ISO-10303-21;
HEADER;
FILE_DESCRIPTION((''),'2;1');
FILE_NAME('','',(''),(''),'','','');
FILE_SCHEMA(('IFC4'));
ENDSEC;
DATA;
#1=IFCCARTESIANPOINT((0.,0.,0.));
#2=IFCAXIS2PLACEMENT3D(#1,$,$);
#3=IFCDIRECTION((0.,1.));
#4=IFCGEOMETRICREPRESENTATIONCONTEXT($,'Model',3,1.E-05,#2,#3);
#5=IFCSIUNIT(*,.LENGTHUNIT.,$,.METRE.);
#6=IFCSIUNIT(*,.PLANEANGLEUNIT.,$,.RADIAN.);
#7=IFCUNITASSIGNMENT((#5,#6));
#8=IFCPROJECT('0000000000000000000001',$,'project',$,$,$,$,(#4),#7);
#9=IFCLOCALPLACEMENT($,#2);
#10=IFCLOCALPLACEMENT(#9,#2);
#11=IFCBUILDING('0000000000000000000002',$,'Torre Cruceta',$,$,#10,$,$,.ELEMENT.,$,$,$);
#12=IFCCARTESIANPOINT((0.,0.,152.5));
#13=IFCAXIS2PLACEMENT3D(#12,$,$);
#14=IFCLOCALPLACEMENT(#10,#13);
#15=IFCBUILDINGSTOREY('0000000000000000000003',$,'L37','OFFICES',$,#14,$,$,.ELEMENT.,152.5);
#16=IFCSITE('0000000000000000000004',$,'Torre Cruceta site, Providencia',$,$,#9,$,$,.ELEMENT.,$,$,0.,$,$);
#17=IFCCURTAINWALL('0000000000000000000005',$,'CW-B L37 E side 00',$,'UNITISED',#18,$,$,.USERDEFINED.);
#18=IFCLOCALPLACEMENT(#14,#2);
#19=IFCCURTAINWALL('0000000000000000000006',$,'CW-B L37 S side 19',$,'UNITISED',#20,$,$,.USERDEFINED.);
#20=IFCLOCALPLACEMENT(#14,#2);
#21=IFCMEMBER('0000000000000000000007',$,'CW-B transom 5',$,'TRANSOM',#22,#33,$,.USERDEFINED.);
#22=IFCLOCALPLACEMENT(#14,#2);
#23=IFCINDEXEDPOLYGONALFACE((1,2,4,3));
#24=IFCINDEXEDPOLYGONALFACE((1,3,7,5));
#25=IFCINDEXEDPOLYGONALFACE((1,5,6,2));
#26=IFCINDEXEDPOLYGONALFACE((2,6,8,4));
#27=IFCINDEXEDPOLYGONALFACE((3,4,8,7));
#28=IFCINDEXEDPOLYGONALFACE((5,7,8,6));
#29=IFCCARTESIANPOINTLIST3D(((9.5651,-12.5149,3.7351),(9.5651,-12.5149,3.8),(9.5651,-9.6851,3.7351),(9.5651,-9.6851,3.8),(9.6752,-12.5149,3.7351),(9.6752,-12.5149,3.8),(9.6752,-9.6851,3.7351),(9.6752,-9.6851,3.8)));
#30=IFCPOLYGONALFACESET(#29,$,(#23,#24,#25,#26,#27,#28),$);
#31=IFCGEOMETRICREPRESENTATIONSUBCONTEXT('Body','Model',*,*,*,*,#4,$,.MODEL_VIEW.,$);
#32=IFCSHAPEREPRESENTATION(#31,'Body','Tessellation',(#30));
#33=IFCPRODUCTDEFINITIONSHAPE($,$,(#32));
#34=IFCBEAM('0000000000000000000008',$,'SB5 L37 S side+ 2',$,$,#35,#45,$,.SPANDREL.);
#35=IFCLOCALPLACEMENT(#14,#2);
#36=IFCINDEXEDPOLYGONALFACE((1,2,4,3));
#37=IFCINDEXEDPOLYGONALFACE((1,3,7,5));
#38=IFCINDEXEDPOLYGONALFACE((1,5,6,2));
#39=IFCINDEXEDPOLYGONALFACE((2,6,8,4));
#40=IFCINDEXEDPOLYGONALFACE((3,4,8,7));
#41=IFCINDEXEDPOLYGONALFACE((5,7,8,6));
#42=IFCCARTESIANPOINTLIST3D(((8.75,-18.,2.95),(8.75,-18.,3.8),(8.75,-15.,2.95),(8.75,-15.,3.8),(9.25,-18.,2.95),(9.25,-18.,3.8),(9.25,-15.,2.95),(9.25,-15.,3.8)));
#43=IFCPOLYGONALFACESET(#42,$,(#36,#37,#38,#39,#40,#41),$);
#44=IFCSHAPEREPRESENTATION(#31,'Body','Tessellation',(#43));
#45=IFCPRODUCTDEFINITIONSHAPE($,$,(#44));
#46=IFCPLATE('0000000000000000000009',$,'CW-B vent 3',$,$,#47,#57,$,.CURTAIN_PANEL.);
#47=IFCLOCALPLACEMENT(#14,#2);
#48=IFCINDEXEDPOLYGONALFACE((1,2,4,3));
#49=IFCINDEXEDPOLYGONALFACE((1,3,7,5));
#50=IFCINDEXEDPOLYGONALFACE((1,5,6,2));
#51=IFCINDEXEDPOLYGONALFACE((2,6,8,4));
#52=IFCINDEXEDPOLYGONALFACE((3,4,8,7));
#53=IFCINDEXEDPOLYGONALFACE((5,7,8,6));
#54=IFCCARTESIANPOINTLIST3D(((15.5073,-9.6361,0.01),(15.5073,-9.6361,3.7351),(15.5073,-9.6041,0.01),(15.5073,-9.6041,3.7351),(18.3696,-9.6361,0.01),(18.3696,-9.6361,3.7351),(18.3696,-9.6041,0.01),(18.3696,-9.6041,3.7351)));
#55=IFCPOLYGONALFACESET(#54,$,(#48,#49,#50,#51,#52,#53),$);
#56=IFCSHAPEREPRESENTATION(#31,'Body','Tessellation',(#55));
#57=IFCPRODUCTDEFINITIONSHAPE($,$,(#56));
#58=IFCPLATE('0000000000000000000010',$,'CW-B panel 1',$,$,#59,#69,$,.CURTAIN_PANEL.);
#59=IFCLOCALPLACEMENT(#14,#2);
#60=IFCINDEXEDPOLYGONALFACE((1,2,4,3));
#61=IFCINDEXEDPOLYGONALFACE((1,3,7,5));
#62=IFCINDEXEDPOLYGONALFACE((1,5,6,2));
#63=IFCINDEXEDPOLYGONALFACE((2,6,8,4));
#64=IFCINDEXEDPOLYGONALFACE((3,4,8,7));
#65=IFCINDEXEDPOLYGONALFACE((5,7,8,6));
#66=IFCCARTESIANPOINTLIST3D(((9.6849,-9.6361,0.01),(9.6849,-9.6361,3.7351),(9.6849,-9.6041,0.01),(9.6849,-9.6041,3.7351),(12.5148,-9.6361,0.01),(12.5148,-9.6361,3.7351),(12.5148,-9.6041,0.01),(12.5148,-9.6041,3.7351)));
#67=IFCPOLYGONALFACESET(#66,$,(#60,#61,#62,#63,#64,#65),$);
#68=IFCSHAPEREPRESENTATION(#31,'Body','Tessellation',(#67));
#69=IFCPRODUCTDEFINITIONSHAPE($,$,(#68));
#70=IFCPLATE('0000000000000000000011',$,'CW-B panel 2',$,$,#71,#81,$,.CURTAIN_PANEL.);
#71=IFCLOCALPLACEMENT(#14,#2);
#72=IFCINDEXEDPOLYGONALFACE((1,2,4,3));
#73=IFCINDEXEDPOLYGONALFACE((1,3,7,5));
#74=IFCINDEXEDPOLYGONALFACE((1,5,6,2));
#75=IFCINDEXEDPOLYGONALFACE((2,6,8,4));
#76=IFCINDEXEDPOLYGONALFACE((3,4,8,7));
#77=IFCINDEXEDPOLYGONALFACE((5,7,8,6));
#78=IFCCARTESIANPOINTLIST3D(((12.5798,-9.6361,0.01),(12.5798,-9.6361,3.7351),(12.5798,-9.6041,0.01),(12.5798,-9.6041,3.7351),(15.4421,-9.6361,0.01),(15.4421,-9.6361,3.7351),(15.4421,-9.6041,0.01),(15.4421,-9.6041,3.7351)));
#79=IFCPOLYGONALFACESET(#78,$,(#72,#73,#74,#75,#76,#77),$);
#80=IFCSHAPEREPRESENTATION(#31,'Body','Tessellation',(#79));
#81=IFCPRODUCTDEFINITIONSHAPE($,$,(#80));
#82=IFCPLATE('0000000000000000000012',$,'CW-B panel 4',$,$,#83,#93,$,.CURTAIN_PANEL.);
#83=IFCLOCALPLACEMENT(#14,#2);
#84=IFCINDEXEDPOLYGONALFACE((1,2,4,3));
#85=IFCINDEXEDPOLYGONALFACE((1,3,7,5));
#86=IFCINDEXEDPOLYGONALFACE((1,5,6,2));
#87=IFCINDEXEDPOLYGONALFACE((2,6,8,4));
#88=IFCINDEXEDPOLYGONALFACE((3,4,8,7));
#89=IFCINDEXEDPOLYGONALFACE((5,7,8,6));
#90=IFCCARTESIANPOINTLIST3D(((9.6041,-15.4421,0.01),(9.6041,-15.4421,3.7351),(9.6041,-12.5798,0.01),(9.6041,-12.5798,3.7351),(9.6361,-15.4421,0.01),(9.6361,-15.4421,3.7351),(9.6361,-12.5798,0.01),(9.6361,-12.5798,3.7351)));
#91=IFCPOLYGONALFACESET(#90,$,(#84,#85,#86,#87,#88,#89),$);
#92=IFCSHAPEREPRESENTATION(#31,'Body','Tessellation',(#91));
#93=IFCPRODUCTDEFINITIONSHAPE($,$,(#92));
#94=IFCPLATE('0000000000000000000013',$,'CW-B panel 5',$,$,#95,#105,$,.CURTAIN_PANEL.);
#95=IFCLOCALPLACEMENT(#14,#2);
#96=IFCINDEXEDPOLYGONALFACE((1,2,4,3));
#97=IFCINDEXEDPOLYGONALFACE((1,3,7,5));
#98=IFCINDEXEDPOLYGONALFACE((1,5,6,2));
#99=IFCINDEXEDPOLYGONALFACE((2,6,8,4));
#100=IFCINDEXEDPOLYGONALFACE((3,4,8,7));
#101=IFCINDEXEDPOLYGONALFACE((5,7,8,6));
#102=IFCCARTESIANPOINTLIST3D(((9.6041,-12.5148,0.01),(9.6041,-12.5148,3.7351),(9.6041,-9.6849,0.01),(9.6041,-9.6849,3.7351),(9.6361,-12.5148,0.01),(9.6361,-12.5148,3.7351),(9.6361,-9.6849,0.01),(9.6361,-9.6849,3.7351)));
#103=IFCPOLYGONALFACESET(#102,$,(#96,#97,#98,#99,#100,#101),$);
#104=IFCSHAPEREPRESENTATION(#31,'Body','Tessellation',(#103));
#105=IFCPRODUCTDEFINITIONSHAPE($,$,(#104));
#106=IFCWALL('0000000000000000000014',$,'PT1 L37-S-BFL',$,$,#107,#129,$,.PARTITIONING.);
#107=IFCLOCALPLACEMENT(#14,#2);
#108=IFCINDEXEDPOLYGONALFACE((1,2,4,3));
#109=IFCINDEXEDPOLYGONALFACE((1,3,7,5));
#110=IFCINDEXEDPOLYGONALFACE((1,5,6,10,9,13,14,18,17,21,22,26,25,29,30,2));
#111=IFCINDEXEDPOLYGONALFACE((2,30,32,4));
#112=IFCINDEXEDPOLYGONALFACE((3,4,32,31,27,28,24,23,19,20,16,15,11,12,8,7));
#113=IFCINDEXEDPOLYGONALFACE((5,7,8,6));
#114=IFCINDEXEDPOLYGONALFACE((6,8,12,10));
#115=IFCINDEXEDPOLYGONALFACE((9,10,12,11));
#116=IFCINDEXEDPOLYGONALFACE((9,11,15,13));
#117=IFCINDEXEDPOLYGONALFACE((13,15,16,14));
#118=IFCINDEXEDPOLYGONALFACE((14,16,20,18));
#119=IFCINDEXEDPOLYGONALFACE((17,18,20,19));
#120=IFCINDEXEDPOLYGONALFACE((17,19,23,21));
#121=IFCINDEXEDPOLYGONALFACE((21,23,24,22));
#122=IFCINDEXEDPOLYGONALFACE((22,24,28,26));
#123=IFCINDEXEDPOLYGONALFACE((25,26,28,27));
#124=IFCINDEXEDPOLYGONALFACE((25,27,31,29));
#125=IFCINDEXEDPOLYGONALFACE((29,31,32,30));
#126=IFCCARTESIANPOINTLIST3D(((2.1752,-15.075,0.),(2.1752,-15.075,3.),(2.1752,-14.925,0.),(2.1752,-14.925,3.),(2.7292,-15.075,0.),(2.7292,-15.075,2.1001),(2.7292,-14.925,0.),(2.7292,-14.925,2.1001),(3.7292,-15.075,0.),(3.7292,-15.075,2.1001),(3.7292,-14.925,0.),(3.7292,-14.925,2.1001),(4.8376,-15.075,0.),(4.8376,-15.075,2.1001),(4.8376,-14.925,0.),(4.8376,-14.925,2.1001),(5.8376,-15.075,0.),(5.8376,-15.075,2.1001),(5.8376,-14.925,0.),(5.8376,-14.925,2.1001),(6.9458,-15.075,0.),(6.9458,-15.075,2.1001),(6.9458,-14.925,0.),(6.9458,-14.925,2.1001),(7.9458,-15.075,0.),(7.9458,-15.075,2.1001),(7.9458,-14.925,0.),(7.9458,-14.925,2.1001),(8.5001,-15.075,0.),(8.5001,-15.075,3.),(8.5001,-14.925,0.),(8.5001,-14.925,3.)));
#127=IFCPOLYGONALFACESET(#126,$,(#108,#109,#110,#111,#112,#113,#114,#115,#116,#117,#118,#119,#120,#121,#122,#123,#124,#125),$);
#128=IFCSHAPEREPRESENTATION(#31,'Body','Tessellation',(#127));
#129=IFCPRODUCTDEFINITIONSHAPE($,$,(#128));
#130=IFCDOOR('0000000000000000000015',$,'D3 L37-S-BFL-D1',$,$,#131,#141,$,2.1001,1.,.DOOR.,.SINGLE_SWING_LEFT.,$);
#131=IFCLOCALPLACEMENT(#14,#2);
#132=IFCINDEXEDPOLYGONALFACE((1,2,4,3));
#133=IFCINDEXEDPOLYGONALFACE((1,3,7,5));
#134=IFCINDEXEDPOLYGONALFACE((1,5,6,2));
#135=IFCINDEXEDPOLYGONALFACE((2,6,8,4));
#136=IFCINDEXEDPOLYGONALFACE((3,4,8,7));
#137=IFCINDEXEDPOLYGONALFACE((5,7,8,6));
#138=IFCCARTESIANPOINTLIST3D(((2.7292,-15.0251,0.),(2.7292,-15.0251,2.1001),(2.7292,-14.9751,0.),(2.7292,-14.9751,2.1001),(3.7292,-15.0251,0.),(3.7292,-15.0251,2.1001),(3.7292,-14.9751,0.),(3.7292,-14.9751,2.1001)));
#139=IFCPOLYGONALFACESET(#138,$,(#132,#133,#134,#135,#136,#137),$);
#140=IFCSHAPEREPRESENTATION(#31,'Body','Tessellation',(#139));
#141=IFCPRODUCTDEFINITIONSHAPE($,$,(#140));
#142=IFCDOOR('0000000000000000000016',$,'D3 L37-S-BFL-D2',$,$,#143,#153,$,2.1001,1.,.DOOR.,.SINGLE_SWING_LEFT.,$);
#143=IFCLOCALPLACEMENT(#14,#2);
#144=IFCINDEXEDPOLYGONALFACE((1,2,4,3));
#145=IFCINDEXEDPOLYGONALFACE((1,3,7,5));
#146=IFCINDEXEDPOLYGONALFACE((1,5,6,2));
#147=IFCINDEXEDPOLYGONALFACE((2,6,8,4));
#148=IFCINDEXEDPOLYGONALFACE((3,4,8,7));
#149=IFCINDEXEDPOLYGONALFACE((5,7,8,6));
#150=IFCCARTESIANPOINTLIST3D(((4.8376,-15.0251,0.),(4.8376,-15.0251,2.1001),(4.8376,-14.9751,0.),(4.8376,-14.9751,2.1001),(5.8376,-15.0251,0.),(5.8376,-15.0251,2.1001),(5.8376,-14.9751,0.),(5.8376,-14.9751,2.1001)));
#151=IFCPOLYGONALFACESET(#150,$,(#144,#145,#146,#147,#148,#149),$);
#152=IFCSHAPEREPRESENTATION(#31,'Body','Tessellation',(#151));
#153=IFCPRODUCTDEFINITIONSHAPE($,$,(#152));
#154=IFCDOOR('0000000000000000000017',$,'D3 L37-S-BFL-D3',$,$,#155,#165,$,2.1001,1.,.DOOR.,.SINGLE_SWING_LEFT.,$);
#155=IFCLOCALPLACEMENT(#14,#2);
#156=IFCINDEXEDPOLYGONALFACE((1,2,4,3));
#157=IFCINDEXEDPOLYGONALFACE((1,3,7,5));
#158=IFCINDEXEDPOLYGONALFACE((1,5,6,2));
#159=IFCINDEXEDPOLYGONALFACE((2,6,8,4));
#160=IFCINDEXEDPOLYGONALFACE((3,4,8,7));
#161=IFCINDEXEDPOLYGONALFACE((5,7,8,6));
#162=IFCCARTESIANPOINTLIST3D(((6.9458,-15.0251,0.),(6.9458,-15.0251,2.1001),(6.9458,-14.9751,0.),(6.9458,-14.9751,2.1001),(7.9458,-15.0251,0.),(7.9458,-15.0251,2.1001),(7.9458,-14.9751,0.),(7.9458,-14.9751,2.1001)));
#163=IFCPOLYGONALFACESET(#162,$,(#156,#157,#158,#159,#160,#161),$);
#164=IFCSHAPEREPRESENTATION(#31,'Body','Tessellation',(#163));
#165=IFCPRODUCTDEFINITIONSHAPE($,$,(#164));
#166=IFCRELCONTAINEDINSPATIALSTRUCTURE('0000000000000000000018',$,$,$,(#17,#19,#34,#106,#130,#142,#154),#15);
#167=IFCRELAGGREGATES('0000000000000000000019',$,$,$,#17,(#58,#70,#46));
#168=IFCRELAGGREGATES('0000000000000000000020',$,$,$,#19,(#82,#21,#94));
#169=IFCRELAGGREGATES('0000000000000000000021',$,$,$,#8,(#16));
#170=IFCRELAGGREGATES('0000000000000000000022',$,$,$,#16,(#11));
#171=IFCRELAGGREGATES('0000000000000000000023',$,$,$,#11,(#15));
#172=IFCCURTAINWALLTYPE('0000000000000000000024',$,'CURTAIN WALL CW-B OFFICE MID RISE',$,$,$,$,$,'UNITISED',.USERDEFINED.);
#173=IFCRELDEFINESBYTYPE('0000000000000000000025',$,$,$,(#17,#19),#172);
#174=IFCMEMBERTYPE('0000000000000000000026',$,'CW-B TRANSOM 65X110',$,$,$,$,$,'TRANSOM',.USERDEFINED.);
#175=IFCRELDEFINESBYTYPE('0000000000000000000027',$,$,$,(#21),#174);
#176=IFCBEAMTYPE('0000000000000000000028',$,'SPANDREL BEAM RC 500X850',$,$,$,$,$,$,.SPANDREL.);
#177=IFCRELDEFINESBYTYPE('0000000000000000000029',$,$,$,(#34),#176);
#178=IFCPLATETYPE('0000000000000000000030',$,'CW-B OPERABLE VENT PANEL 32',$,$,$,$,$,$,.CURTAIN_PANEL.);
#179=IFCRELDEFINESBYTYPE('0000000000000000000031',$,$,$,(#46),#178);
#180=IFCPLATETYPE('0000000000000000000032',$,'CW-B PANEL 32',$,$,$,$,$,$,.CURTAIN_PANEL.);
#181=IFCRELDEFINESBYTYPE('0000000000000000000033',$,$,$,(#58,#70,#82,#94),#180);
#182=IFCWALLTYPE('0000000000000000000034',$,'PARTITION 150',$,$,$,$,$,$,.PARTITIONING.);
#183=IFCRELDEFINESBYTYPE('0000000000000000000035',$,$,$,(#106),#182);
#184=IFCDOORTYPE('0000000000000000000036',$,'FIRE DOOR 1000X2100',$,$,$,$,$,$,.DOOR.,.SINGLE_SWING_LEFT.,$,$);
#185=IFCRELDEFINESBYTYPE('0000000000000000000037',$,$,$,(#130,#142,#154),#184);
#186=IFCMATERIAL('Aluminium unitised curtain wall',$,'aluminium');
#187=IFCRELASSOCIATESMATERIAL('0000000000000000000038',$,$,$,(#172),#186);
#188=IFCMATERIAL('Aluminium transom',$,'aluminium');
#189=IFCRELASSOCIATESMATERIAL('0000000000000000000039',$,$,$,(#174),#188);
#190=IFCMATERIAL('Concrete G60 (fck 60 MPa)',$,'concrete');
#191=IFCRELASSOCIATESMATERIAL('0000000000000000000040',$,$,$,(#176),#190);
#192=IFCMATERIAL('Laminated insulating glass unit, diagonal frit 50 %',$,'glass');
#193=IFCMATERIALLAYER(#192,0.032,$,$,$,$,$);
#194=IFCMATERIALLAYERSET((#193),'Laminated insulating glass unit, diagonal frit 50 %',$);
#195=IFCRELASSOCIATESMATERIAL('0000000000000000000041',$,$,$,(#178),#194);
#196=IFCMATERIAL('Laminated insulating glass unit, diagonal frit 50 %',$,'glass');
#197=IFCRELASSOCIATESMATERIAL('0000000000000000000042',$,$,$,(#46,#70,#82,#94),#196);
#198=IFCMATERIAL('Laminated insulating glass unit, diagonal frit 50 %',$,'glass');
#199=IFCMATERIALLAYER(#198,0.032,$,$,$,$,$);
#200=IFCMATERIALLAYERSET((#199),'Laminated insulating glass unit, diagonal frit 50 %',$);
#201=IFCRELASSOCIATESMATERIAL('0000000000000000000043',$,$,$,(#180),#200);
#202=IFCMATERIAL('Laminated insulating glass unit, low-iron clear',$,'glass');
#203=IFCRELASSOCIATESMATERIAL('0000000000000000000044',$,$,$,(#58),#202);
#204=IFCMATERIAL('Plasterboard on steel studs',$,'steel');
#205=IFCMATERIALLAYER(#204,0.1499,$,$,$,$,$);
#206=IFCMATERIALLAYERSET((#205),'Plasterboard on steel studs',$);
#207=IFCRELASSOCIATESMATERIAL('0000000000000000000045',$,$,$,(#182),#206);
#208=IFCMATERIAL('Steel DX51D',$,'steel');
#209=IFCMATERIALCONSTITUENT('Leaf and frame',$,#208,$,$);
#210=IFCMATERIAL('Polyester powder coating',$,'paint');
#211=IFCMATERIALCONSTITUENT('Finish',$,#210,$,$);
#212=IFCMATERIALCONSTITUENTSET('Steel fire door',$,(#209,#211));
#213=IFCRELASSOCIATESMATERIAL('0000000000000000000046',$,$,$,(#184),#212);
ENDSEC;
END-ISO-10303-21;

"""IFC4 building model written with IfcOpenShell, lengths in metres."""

from ifc_helpers import new_model, si_unit, direction, frame, frame_2d, origin, origin_2d, place, context, subcontext, project, spatial, rectangle, extrude, material, layer, layer_set, constituent, constituent_set, material_profile, profile_set, type_object, element, fill, aggregate, save


model = new_model("IFC4")

# Units and contexts
model_context = context("Model", 3, precision=1e-05, world=origin(), true_north=direction((0.0, 1.0)))
body_context = subcontext(model_context, "Body", "Model", "MODEL_VIEW")
ifc_project = project(units=[si_unit("LENGTHUNIT", "METRE"), si_unit("PLANEANGLEUNIT", "RADIAN")], contexts=[model_context])

# Site, building, storey
site_placement = place(None, origin())
site = spatial("IfcSite", under=ifc_project, at=site_placement, Name="Torre Cruceta site, Providencia", CompositionType="ELEMENT", RefElevation=0.0)
building_placement = place(site_placement, origin())
building = spatial("IfcBuilding", under=site, at=building_placement, Name="Torre Cruceta", CompositionType="ELEMENT")
storey_placement = place(building_placement, frame((0.0, 0.0, 152.5)))
storey = spatial("IfcBuildingStorey", under=building, at=storey_placement, Name="L37", Description="OFFICES", CompositionType="ELEMENT", Elevation=152.5)

# Curtain walls
ifc_material_1 = material(Name="Aluminium unitised curtain wall", Category="aluminium")
curtain_wall_type = type_object("IfcCurtainWallType", Name="CURTAIN WALL CW-B OFFICE MID RISE", ElementType="UNITISED", PredefinedType="USERDEFINED", material=ifc_material_1)
curtain_wall_1_placement = place(storey_placement, origin())
curtain_wall_1 = element("IfcCurtainWall", 1, at=curtain_wall_1_placement, inside=storey, type_object=curtain_wall_type, Name="CW-B L37 E side 00", ObjectType="UNITISED", PredefinedType="USERDEFINED")
curtain_wall_2_placement = place(storey_placement, origin())
curtain_wall_2 = element("IfcCurtainWall", 2, at=curtain_wall_2_placement, inside=storey, type_object=curtain_wall_type, Name="CW-B L37 S side 19", ObjectType="UNITISED", PredefinedType="USERDEFINED")

# Member
ifc_material_2 = material(Name="Aluminium transom", Category="aluminium")
ifc_material_profile_1 = material_profile(ifc_material_2, rectangle(XDim=0.1101, YDim=0.0649, at=origin_2d()), Name="AL 110X65")
ifc_profile_set_1 = profile_set([ifc_material_profile_1], Name="Aluminium transom")
member_type_1 = type_object("IfcMemberType", Name="CW-B TRANSOM 65X110", ElementType="TRANSOM", PredefinedType="USERDEFINED", material=ifc_profile_set_1)
member_1_placement = place(storey_placement, frame((9.6201, -12.5149, 3.7676), z_axis=(0.0, 1.0, 0.0), x_axis=(-1.0, 0.0, 0.0)))
member_1 = element("IfcMember", 3, at=member_1_placement, type_object=member_type_1, Name="CW-B transom 5", ObjectType="TRANSOM", PredefinedType="USERDEFINED", context=body_context, shape_type="SweptSolid", body=[
    extrude(rectangle(XDim=0.1101, YDim=0.0649, at=origin_2d()), origin(), (0.0, 0.0, 1.0), 2.8298),
])

# Beam
ifc_material_3 = material(Name="Concrete G60 (fck 60 MPa)", Category="concrete")
ifc_material_profile_2 = material_profile(ifc_material_3, rectangle(XDim=0.5, YDim=0.8501, at=origin_2d()), Name="RC 500X850")
ifc_profile_set_2 = profile_set([ifc_material_profile_2], Name="Concrete G60 (fck 60 MPa)")
beam_type_1 = type_object("IfcBeamType", Name="SPANDREL BEAM RC 500X850", PredefinedType="SPANDREL", material=ifc_profile_set_2)
beam_1_placement = place(storey_placement, frame((9.0, -15.0, 3.375), z_axis=(0.0, -1.0, 0.0), x_axis=(1.0, 0.0, 0.0)))
element("IfcBeam", 4, at=beam_1_placement, inside=storey, type_object=beam_type_1, Name="SB5 L37 S side+ 2", PredefinedType="SPANDREL", context=body_context, shape_type="SweptSolid", body=[
    extrude(rectangle(XDim=0.5, YDim=0.8501, at=origin_2d()), origin(), (0.0, 0.0, 1.0), 3.0),
])

# Plates
ifc_material_4 = material(Name="Laminated insulating glass unit, diagonal frit 50 %", Category="glass")
ifc_material_5 = material(Name="Laminated insulating glass unit, diagonal frit 50 %", Category="glass")
ifc_layer_1 = layer(ifc_material_5, 0.032)
ifc_layer_set_1 = layer_set([ifc_layer_1], Name="Laminated insulating glass unit, diagonal frit 50 %")
plate_type_1 = type_object("IfcPlateType", Name="CW-B OPERABLE VENT PANEL 32", PredefinedType="CURTAIN_PANEL", material=ifc_layer_set_1)
plate_1_placement = place(storey_placement, frame((16.9385, -9.6201, 0.01), z_axis=(0.0, 0.0, 1.0), x_axis=(1.0, 0.0, 0.0)))
plate_1 = element("IfcPlate", 5, at=plate_1_placement, type_object=plate_type_1, material=ifc_material_4, Name="CW-B vent 3", PredefinedType="CURTAIN_PANEL", context=body_context, shape_type="SweptSolid", body=[
    extrude(rectangle(XDim=2.8623, YDim=0.032, at=origin_2d()), origin(), (0.0, 0.0, 1.0), 3.7251),
])
ifc_material_6 = material(Name="Laminated insulating glass unit, low-iron clear", Category="glass")
ifc_material_7 = material(Name="Laminated insulating glass unit, diagonal frit 50 %", Category="glass")
ifc_layer_2 = layer(ifc_material_7, 0.032)
ifc_layer_set_2 = layer_set([ifc_layer_2], Name="Laminated insulating glass unit, diagonal frit 50 %")
plate_type_2 = type_object("IfcPlateType", Name="CW-B PANEL 32", PredefinedType="CURTAIN_PANEL", material=ifc_layer_set_2)
plate_2_placement = place(storey_placement, frame((11.0999, -9.6201, 0.01), z_axis=(0.0, 0.0, 1.0), x_axis=(1.0, 0.0, 0.0)))
plate_2 = element("IfcPlate", 6, at=plate_2_placement, type_object=plate_type_2, material=ifc_material_6, Name="CW-B panel 1", PredefinedType="CURTAIN_PANEL", context=body_context, shape_type="SweptSolid", body=[
    extrude(rectangle(XDim=2.8298, YDim=0.032, at=origin_2d()), origin(), (0.0, 0.0, 1.0), 3.7251),
])
plate_3_placement = place(storey_placement, frame((14.011, -9.6201, 0.01), z_axis=(0.0, 0.0, 1.0), x_axis=(1.0, 0.0, 0.0)))
plate_3 = element("IfcPlate", 7, at=plate_3_placement, type_object=plate_type_2, material=ifc_material_4, Name="CW-B panel 2", PredefinedType="CURTAIN_PANEL", context=body_context, shape_type="SweptSolid", body=[
    extrude(rectangle(XDim=2.8623, YDim=0.032, at=origin_2d()), origin(), (0.0, 0.0, 1.0), 3.7251),
])
aggregate(curtain_wall_1, [plate_2, plate_3, plate_1])
plate_4_placement = place(storey_placement, frame((9.6201, -14.011, 0.01), z_axis=(0.0, 0.0, 1.0), x_axis=(0.0, 1.0, 0.0)))
plate_4 = element("IfcPlate", 8, at=plate_4_placement, type_object=plate_type_2, material=ifc_material_4, Name="CW-B panel 4", PredefinedType="CURTAIN_PANEL", context=body_context, shape_type="SweptSolid", body=[
    extrude(rectangle(XDim=2.8623, YDim=0.032, at=origin_2d()), origin(), (0.0, 0.0, 1.0), 3.7251),
])
plate_5_placement = place(storey_placement, frame((9.6201, -11.0999, 0.01), z_axis=(0.0, 0.0, 1.0), x_axis=(0.0, 1.0, 0.0)))
plate_5 = element("IfcPlate", 9, at=plate_5_placement, type_object=plate_type_2, material=ifc_material_4, Name="CW-B panel 5", PredefinedType="CURTAIN_PANEL", context=body_context, shape_type="SweptSolid", body=[
    extrude(rectangle(XDim=2.8298, YDim=0.032, at=origin_2d()), origin(), (0.0, 0.0, 1.0), 3.7251),
])
aggregate(curtain_wall_2, [plate_4, member_1, plate_5])

# Wall, openings, doors
ifc_material_8 = material(Name="Plasterboard on steel studs", Category="steel")
ifc_layer_3 = layer(ifc_material_8, 0.1499)
ifc_layer_set_3 = layer_set([ifc_layer_3], Name="Plasterboard on steel studs")
wall_type_1 = type_object("IfcWallType", Name="PARTITION 150", PredefinedType="PARTITIONING", material=ifc_layer_set_3)
wall_1_placement = place(storey_placement, frame((2.175, -15.0, 0.0), z_axis=(0.0, 0.0, 1.0), x_axis=(1.0, 0.0, 0.0)))
wall_1 = element("IfcWall", 10, at=wall_1_placement, inside=storey, type_object=wall_type_1, Name="PT1 L37-S-BFL", PredefinedType="PARTITIONING", context=body_context, shape_type="SweptSolid", body=[
    extrude(rectangle(XDim=6.325, YDim=0.1499, at=frame_2d((3.1626, 0.0))), origin(), (0.0, 0.0, 1.0), 3.0),
])
opening_1_placement = place(wall_1_placement, frame((0.5542, 0.0, 0.0)))
opening_1 = element("IfcOpeningElement", 11, at=opening_1_placement, cuts=wall_1, PredefinedType="OPENING", context=body_context, shape_type="SweptSolid", body=[
    extrude(rectangle(XDim=1.0, YDim=2.1001, at=frame_2d((0.5, 1.05))), frame((0.0, 0.085, 0.0), z_axis=(0.0, -1.0, 0.0), x_axis=(1.0, 0.0, 0.0)), (0.0, 0.0, 1.0), 0.1699),
])
opening_2_placement = place(wall_1_placement, frame((2.6626, 0.0, 0.0)))
opening_2 = element("IfcOpeningElement", 12, at=opening_2_placement, cuts=wall_1, PredefinedType="OPENING", context=body_context, shape_type="SweptSolid", body=[
    extrude(rectangle(XDim=1.0, YDim=2.1001, at=frame_2d((0.5, 1.05))), frame((0.0, 0.085, 0.0), z_axis=(0.0, -1.0, 0.0), x_axis=(1.0, 0.0, 0.0)), (0.0, 0.0, 1.0), 0.1699),
])
opening_3_placement = place(wall_1_placement, frame((4.7708, 0.0, 0.0)))
opening_3 = element("IfcOpeningElement", 13, at=opening_3_placement, cuts=wall_1, PredefinedType="OPENING", context=body_context, shape_type="SweptSolid", body=[
    extrude(rectangle(XDim=1.0, YDim=2.1001, at=frame_2d((0.5, 1.05))), frame((0.0, 0.085, 0.0), z_axis=(0.0, -1.0, 0.0), x_axis=(1.0, 0.0, 0.0)), (0.0, 0.0, 1.0), 0.1699),
])
ifc_material_9 = material(Name="Steel DX51D", Category="steel")
ifc_constituent_1 = constituent(ifc_material_9, Name="Leaf and frame")
ifc_material_10 = material(Name="Polyester powder coating", Category="paint")
ifc_constituent_2 = constituent(ifc_material_10, Name="Finish")
ifc_constituent_set = constituent_set(constituents=[ifc_constituent_1, ifc_constituent_2], Name="Steel fire door")
door_type = type_object("IfcDoorType", Name="FIRE DOOR 1000X2100", OperationType="SINGLE_SWING_LEFT", PredefinedType="DOOR", material=ifc_constituent_set)
door_1_placement = place(opening_1_placement, origin())
door_1 = element("IfcDoor", 14, at=door_1_placement, inside=storey, type_object=door_type, Name="D3 L37-S-BFL-D1", OperationType="SINGLE_SWING_LEFT", OverallHeight=2.1001, OverallWidth=1.0, PredefinedType="DOOR", context=body_context, shape_type="SweptSolid", body=[
    extrude(rectangle(XDim=1.0, YDim=2.1001, at=frame_2d((0.5, 1.05))), frame((0.0, 0.0249, 0.0), z_axis=(0.0, -1.0, 0.0), x_axis=(1.0, 0.0, 0.0)), (0.0, 0.0, 1.0), 0.05),
])
fill(opening_1, door_1)
door_2_placement = place(opening_2_placement, origin())
door_2 = element("IfcDoor", 15, at=door_2_placement, inside=storey, type_object=door_type, Name="D3 L37-S-BFL-D2", OperationType="SINGLE_SWING_LEFT", OverallHeight=2.1001, OverallWidth=1.0, PredefinedType="DOOR", context=body_context, shape_type="SweptSolid", body=[
    extrude(rectangle(XDim=1.0, YDim=2.1001, at=frame_2d((0.5, 1.05))), frame((0.0, 0.0249, 0.0), z_axis=(0.0, -1.0, 0.0), x_axis=(1.0, 0.0, 0.0)), (0.0, 0.0, 1.0), 0.05),
])
fill(opening_2, door_2)
door_3_placement = place(opening_3_placement, origin())
door_3 = element("IfcDoor", 16, at=door_3_placement, inside=storey, type_object=door_type, Name="D3 L37-S-BFL-D3", OperationType="SINGLE_SWING_LEFT", OverallHeight=2.1001, OverallWidth=1.0, PredefinedType="DOOR", context=body_context, shape_type="SweptSolid", body=[
    extrude(rectangle(XDim=1.0, YDim=2.1001, at=frame_2d((0.5, 1.05))), frame((0.0, 0.0249, 0.0), z_axis=(0.0, -1.0, 0.0), x_axis=(1.0, 0.0, 0.0)), (0.0, 0.0, 1.0), 0.05),
])
fill(opening_3, door_3)

save(model, "model.ifc")
